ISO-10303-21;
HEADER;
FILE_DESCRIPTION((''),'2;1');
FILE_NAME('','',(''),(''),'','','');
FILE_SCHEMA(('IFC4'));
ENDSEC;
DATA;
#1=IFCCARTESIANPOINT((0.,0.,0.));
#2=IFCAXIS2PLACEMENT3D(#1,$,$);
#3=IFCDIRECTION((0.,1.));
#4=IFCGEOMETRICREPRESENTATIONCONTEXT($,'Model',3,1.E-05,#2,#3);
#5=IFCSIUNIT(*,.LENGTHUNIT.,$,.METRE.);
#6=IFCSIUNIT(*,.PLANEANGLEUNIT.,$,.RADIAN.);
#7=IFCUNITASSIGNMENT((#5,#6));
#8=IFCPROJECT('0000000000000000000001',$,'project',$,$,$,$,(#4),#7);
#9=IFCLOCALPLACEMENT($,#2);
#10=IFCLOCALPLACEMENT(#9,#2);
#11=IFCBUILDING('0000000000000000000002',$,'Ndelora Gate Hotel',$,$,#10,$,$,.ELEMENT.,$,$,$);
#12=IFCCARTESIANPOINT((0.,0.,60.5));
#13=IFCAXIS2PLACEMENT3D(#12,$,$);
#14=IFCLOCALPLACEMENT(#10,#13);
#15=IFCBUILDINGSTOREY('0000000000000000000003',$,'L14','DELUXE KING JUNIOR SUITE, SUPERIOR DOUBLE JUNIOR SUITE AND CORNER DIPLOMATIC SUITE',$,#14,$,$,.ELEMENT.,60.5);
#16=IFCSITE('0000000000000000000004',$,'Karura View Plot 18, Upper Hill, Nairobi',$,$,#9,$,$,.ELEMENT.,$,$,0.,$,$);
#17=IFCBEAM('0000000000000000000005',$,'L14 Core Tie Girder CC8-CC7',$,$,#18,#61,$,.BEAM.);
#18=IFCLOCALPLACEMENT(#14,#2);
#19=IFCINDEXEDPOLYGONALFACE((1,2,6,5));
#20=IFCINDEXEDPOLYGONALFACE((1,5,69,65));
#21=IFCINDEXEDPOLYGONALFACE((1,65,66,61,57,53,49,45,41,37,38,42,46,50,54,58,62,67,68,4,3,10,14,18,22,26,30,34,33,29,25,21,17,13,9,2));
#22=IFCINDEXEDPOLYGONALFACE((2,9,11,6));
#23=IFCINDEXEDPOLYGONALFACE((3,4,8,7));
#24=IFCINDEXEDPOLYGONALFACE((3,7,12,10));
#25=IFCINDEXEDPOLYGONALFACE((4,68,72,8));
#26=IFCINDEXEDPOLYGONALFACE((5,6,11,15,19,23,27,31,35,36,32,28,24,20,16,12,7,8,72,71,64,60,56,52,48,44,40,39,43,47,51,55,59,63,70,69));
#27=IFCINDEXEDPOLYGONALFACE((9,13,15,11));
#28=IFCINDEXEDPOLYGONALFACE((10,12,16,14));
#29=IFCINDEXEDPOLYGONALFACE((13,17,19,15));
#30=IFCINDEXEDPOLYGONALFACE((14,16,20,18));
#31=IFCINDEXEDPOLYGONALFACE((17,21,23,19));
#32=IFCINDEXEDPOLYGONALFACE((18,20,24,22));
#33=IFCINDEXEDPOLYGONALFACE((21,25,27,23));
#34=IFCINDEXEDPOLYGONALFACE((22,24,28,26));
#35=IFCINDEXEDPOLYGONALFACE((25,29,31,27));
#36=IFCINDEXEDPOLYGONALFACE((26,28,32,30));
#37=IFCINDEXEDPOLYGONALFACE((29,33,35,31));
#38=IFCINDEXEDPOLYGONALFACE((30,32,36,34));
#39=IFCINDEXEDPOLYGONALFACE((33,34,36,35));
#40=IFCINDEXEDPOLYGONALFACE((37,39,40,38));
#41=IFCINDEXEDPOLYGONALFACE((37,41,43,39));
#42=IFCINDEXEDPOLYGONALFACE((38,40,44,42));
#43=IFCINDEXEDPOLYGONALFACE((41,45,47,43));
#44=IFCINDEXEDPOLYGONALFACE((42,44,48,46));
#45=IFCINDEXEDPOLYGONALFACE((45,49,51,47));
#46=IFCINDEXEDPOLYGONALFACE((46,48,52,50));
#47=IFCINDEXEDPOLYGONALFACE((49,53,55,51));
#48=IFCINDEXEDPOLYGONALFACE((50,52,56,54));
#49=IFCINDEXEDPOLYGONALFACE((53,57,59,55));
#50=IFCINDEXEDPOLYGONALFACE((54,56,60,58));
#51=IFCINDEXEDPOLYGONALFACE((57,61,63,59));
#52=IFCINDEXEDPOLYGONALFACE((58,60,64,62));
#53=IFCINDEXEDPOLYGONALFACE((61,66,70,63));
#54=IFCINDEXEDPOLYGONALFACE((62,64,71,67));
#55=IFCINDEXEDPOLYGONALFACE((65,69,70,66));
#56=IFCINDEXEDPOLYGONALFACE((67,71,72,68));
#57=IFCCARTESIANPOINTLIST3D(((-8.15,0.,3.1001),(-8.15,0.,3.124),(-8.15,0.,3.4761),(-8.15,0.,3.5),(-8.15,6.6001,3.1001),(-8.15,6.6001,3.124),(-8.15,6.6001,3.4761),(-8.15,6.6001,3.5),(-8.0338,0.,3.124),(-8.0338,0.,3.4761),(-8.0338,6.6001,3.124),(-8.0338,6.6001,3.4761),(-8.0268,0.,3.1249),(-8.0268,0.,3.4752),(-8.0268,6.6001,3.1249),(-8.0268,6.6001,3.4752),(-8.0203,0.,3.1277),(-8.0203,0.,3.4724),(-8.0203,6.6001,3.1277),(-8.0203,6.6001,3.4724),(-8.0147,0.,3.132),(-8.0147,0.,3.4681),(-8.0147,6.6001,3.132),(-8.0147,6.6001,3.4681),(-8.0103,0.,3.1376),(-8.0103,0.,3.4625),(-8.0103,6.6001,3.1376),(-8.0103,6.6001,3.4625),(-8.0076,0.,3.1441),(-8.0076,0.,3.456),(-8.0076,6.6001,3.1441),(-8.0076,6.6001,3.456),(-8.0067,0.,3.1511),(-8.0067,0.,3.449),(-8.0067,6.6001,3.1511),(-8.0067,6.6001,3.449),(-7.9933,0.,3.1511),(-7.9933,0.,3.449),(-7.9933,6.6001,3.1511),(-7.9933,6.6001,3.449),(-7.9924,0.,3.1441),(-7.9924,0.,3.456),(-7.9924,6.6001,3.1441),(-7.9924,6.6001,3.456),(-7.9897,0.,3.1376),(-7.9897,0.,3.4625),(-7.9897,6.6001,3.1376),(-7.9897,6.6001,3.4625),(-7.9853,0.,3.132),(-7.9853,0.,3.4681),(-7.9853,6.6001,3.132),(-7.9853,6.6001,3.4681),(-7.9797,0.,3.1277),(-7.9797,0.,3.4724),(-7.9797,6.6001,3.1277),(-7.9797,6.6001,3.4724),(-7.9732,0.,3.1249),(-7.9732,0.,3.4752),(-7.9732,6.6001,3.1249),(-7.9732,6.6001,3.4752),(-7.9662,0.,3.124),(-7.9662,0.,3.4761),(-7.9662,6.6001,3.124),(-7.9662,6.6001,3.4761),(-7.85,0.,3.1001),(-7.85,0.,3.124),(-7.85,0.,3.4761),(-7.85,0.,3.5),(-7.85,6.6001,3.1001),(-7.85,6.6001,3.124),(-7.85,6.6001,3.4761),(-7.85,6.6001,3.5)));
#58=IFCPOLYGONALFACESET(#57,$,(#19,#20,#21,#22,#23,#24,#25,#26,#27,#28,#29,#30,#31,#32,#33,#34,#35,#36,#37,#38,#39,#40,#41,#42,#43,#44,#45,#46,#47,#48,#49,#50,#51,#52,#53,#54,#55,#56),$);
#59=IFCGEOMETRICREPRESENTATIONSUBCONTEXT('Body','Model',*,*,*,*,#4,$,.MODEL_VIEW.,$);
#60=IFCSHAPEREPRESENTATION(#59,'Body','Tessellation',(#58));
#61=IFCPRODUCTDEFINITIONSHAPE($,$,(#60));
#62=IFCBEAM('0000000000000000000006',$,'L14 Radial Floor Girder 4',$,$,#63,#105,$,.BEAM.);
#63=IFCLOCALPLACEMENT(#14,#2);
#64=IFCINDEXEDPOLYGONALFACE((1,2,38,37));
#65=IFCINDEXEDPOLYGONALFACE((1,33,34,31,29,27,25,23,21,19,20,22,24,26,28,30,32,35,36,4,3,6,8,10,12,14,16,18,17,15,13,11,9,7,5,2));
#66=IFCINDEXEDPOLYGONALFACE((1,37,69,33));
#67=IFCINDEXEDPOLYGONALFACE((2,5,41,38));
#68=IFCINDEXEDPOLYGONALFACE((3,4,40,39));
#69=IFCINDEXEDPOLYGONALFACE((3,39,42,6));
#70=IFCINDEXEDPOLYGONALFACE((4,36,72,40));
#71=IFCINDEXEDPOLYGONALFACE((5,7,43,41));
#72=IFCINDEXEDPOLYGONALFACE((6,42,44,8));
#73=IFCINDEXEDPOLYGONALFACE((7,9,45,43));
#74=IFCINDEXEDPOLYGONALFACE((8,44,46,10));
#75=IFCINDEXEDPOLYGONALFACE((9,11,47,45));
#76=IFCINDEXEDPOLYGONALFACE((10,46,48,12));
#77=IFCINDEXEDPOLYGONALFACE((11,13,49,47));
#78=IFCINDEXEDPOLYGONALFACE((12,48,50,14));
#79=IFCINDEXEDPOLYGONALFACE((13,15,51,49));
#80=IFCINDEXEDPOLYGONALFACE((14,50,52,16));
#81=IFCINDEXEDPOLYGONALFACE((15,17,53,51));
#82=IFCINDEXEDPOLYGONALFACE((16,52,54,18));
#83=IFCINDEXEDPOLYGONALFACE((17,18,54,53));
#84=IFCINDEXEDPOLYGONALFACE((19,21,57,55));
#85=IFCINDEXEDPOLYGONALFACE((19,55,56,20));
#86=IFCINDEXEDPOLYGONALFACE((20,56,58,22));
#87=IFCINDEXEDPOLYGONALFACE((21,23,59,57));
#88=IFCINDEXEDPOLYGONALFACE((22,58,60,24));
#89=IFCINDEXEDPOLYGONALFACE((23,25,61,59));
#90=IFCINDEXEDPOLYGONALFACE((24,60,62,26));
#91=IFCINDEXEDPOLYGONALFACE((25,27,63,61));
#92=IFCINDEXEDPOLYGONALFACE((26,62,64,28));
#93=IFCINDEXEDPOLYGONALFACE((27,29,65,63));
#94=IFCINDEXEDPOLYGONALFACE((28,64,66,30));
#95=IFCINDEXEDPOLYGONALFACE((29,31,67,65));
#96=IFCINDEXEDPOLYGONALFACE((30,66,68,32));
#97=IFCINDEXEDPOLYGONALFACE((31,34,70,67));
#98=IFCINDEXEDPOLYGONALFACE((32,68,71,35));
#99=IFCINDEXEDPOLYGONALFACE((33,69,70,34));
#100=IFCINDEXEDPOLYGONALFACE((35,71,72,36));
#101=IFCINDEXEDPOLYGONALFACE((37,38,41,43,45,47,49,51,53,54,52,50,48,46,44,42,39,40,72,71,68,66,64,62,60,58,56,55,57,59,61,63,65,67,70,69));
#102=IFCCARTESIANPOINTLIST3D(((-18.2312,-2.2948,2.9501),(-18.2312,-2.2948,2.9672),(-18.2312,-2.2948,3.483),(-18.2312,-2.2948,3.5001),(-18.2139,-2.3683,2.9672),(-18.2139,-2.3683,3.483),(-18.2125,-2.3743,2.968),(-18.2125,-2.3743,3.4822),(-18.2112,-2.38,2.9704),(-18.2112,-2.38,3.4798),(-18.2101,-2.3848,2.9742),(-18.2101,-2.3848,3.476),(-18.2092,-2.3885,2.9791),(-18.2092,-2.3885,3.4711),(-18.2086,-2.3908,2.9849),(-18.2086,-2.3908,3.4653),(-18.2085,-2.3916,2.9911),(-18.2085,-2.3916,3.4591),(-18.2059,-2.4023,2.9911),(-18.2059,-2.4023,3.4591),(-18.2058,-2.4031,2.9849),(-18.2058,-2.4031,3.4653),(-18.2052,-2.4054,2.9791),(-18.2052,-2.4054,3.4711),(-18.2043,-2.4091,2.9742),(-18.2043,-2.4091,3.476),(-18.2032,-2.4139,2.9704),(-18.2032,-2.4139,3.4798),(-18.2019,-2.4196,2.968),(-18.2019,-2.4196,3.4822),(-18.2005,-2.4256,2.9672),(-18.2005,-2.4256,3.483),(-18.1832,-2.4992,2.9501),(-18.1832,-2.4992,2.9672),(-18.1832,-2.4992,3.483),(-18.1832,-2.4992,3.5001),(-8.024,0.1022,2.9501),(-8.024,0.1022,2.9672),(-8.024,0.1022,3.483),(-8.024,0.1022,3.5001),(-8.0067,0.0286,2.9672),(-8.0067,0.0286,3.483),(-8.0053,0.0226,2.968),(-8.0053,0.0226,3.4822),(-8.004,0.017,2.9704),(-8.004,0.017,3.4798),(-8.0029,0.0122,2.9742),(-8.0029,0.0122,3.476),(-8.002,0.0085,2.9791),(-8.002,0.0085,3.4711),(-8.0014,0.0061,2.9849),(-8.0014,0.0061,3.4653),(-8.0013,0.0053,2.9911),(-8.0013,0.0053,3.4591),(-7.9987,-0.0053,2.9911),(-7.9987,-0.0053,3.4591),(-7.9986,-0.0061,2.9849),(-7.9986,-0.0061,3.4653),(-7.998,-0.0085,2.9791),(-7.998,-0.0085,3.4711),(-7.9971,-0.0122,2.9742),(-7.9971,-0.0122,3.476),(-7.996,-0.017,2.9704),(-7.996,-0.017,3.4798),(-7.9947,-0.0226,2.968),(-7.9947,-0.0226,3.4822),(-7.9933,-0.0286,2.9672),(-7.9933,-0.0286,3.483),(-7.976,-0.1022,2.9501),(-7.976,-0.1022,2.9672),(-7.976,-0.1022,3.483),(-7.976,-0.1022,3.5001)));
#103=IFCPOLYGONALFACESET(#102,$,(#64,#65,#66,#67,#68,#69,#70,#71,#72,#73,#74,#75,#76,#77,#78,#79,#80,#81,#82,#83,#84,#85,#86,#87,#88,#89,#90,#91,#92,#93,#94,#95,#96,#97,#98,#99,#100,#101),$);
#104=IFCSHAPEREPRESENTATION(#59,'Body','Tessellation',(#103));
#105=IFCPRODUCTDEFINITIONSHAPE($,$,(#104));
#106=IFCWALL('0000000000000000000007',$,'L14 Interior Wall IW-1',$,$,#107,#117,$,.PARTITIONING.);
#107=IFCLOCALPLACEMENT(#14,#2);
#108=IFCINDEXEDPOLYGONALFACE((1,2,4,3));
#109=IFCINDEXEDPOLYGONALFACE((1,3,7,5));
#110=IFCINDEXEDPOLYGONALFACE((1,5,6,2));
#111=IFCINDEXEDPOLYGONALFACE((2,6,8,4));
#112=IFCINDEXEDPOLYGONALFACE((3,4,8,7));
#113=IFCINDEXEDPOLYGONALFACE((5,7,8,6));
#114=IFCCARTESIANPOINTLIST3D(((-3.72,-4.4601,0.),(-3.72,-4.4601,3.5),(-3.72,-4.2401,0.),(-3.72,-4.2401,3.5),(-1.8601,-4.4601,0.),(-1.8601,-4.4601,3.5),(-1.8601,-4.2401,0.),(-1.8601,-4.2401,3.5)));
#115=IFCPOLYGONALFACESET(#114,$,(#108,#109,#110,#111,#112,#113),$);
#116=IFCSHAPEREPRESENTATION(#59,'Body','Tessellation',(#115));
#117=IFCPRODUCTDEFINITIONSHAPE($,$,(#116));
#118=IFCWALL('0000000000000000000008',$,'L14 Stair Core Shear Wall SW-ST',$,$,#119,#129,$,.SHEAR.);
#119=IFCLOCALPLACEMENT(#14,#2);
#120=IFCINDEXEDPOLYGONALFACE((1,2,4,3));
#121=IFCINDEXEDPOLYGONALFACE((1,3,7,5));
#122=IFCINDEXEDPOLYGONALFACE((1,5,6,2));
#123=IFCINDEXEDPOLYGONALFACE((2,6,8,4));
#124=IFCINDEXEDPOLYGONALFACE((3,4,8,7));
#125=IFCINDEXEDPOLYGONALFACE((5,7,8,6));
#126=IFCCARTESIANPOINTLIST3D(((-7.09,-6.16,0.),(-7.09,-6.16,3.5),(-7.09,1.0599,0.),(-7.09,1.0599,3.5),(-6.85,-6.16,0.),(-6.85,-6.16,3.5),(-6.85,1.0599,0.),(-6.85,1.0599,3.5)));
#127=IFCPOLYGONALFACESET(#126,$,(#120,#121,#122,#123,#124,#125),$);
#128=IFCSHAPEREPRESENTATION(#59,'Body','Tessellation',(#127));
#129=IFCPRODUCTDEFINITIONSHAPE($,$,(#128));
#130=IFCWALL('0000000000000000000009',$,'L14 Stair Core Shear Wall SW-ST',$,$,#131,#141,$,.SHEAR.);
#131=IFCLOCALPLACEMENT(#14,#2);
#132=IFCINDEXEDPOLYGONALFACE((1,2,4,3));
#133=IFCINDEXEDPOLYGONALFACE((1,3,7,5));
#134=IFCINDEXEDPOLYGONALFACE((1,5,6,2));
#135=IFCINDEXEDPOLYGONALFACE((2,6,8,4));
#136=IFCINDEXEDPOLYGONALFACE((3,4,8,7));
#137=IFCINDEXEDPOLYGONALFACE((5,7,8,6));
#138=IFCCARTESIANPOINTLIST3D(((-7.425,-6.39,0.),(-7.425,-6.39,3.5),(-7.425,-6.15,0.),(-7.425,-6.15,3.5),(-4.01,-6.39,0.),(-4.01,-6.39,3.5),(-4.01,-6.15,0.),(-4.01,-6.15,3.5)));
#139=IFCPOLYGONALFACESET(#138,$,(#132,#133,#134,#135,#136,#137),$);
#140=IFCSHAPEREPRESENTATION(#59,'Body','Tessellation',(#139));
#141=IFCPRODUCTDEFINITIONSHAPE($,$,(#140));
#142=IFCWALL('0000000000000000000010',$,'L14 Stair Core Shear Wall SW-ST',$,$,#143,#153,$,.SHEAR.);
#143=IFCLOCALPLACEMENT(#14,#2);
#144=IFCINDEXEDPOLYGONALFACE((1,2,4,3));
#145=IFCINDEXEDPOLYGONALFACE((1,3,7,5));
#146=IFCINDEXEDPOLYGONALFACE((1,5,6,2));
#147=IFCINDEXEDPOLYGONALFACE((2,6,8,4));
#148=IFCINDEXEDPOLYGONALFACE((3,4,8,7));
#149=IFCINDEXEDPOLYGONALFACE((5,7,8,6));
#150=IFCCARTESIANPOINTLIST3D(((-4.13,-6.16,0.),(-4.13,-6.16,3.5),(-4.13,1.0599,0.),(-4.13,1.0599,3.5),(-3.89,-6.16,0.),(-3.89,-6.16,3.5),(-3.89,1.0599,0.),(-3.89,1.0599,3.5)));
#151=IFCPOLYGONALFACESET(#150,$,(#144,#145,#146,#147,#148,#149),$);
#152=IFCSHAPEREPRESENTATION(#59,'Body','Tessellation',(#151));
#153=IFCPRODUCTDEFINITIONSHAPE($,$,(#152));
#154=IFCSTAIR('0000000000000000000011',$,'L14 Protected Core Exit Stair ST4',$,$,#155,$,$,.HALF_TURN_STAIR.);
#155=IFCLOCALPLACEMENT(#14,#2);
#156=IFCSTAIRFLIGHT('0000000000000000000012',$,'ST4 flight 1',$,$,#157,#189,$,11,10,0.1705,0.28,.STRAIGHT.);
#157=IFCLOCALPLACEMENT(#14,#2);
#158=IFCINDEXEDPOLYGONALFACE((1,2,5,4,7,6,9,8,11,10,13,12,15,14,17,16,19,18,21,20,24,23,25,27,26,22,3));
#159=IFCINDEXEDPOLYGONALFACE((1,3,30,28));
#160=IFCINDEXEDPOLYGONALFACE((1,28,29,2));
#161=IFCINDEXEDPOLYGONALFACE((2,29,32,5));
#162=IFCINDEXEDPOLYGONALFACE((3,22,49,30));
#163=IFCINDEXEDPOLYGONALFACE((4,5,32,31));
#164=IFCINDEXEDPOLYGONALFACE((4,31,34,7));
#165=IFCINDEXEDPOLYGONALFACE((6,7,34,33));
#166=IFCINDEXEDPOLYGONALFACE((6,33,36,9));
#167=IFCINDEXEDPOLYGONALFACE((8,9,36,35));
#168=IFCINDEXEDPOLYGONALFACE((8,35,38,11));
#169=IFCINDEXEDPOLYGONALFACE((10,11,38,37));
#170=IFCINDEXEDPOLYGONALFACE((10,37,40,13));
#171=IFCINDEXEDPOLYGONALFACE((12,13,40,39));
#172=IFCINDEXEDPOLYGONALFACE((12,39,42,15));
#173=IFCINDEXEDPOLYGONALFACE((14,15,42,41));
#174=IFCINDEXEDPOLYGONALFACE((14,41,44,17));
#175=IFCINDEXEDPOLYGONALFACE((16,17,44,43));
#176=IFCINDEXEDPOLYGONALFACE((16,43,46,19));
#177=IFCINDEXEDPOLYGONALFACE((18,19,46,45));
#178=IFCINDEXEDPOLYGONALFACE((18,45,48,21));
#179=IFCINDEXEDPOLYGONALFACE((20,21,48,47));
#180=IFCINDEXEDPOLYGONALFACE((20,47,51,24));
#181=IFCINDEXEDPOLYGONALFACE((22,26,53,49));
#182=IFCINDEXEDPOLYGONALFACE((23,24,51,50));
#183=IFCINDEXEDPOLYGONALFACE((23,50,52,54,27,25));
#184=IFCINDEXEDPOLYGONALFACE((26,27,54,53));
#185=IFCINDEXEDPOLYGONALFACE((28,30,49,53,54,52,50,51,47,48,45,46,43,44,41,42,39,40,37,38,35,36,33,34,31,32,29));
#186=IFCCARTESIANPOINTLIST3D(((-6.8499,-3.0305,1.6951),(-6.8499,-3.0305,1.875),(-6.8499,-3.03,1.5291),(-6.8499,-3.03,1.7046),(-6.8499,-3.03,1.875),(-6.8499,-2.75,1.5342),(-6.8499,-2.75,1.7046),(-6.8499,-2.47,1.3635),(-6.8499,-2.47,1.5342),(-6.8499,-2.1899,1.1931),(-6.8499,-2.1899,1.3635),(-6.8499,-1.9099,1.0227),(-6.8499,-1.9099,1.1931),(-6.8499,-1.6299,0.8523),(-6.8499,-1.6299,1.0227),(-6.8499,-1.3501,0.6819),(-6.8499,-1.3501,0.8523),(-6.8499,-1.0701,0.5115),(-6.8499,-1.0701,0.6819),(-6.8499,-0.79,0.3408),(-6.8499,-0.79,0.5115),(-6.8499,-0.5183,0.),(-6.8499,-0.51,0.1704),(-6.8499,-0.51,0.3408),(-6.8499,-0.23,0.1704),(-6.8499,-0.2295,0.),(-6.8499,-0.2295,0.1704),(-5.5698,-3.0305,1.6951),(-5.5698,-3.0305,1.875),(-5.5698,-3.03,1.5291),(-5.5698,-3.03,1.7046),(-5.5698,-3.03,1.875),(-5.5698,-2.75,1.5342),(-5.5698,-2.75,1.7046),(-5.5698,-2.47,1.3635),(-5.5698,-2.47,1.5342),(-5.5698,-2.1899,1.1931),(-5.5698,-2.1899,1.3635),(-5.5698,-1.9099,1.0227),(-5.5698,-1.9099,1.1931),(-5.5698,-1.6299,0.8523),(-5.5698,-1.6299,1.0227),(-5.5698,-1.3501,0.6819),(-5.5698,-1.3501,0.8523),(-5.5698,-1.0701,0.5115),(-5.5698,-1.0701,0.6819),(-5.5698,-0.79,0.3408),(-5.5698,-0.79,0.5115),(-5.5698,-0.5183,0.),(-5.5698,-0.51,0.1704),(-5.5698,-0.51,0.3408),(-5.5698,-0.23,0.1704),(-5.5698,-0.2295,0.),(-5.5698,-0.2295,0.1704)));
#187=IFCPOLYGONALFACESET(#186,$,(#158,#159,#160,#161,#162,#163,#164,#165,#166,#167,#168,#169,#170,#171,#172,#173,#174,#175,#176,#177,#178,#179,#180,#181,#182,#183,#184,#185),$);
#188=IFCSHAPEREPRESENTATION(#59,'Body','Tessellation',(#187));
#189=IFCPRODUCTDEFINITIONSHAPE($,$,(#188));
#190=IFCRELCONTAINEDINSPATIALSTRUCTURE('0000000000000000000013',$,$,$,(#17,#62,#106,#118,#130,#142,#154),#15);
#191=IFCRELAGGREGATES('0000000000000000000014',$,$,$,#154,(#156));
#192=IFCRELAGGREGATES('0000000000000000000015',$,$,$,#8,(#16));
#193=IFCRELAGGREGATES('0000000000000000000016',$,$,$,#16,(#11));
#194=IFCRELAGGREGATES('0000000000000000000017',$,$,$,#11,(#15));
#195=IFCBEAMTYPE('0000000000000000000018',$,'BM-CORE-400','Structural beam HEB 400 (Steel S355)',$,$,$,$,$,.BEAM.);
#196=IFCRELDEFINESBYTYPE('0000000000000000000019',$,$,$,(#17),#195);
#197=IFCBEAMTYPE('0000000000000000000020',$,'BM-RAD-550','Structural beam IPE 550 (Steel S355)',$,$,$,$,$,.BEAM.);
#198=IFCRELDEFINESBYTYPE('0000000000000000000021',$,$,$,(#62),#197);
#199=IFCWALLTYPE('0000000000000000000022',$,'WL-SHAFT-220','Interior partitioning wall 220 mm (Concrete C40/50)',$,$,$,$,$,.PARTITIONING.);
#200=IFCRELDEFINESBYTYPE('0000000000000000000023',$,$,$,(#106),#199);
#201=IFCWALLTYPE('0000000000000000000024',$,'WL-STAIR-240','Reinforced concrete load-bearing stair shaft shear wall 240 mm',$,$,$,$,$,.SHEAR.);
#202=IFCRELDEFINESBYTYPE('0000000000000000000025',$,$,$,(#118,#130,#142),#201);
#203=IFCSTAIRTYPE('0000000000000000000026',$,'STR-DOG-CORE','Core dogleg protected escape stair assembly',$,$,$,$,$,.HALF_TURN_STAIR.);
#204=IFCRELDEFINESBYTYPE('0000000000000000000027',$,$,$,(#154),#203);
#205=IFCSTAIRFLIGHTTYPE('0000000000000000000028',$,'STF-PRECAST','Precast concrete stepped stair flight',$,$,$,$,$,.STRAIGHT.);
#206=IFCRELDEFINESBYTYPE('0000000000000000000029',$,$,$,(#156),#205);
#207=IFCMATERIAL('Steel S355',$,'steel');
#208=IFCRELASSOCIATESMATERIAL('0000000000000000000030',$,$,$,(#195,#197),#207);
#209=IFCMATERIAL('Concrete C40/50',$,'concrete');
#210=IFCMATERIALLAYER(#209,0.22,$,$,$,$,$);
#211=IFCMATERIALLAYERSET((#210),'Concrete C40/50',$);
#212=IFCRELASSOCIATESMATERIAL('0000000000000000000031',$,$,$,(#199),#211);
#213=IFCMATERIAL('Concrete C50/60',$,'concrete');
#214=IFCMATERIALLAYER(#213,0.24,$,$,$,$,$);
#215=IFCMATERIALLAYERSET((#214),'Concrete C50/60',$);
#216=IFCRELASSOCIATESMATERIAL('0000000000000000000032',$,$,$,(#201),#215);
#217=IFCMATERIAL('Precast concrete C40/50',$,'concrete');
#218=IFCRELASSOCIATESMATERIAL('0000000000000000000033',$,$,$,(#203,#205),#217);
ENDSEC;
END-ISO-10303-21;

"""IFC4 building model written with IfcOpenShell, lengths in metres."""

from ifc_helpers import new_model, si_unit, direction, frame, frame_2d, origin, origin_2d, place, context, subcontext, project, spatial, polyline, rectangle, i_section, outline, extrude, material, layer, layer_set, material_profile, profile_set, type_object, element, aggregate, save


model = new_model("IFC4")

# Units and contexts
model_context = context("Model", 3, precision=1e-05, world=origin(), true_north=direction((0.0, 1.0)))
body_context = subcontext(model_context, "Body", "Model", "MODEL_VIEW")
ifc_project = project(units=[si_unit("LENGTHUNIT", "METRE"), si_unit("PLANEANGLEUNIT", "RADIAN")], contexts=[model_context])

# Site, building, storey
site_placement = place(None, origin())
site = spatial("IfcSite", under=ifc_project, at=site_placement, Name="Karura View Plot 18, Upper Hill, Nairobi", CompositionType="ELEMENT", RefElevation=0.0)
building_placement = place(site_placement, origin())
building = spatial("IfcBuilding", under=site, at=building_placement, Name="Ndelora Gate Hotel", CompositionType="ELEMENT")
storey_placement = place(building_placement, frame((0.0, 0.0, 60.5)))
storey = spatial("IfcBuildingStorey", under=building, at=storey_placement, Name="L14", Description="DELUXE KING JUNIOR SUITE, SUPERIOR DOUBLE JUNIOR SUITE AND CORNER DIPLOMATIC SUITE", CompositionType="ELEMENT", Elevation=60.5)

# Beams
ifc_material_1 = material(Name="Steel S355", Category="steel")
ifc_material_profile_1 = material_profile(ifc_material_1, i_section(OverallWidth=0.3, OverallDepth=0.3999, WebThickness=0.0134, FlangeThickness=0.0239, FilletRadius=0.0271, at=origin_2d()), Name="HEB 400")
ifc_profile_set_1 = profile_set([ifc_material_profile_1], Name="Steel S355")
beam_type_1 = type_object("IfcBeamType", Name="BM-CORE-400", Description="Structural beam HEB 400 (Steel S355)", PredefinedType="BEAM", material=ifc_profile_set_1)
beam_1_placement = place(storey_placement, frame((-8.0, 0.0, 3.3), z_axis=(0.0, 1.0, 0.0), x_axis=(-1.0, 0.0, 0.0)))
element("IfcBeam", 1, at=beam_1_placement, inside=storey, type_object=beam_type_1, Name="L14 Core Tie Girder CC8-CC7", PredefinedType="BEAM", context=body_context, shape_type="SweptSolid", body=[
    extrude(i_section(OverallWidth=0.3, OverallDepth=0.3999, WebThickness=0.0134, FlangeThickness=0.0239, FilletRadius=0.0271, at=origin_2d()), origin(), (0.0, 0.0, 1.0), 6.6001),
])
ifc_material_profile_2 = material_profile(ifc_material_1, i_section(OverallWidth=0.21, OverallDepth=0.55, WebThickness=0.011, FlangeThickness=0.0171, FilletRadius=0.0239, at=origin_2d()), Name="IPE 550")
ifc_profile_set_2 = profile_set([ifc_material_profile_2], Name="Steel S355")
beam_type_2 = type_object("IfcBeamType", Name="BM-RAD-550", Description="Structural beam IPE 550 (Steel S355)", PredefinedType="BEAM", material=ifc_profile_set_2)
beam_2_placement = place(storey_placement, frame((-8.0, 0.0, 3.2251), z_axis=(-0.973518, -0.228611, 0.0), x_axis=(0.228611, -0.973518, 0.0)))
element("IfcBeam", 2, at=beam_2_placement, inside=storey, type_object=beam_type_2, Name="L14 Radial Floor Girder 4", PredefinedType="BEAM", context=body_context, shape_type="SweptSolid", body=[
    extrude(i_section(OverallWidth=0.21, OverallDepth=0.55, WebThickness=0.011, FlangeThickness=0.0171, FilletRadius=0.0239, at=origin_2d()), origin(), (0.0, 0.0, 1.0), 10.4849),
])

# Shared definitions
ifc_material_2 = material(Name="Concrete C40/50", Category="concrete")
ifc_layer_1 = layer(ifc_material_2, 0.22)
ifc_layer_set_1 = layer_set([ifc_layer_1], Name="Concrete C40/50")
wall_type_1 = type_object("IfcWallType", Name="WL-SHAFT-220", Description="Interior partitioning wall 220 mm (Concrete C40/50)", PredefinedType="PARTITIONING", material=ifc_layer_set_1)

# Walls
wall_1_placement = place(storey_placement, frame((-3.72, -4.3501, 0.0), z_axis=(0.0, 0.0, 1.0), x_axis=(1.0, 0.0, 0.0)))
element("IfcWall", 3, at=wall_1_placement, inside=storey, type_object=wall_type_1, Name="L14 Interior Wall IW-1", PredefinedType="PARTITIONING", context=body_context, shape_type="SweptSolid", body=[
    extrude(rectangle(XDim=1.8599, YDim=0.22, at=frame_2d((0.9299, 0.0))), origin(), (0.0, 0.0, 1.0), 3.5),
])
ifc_material_3 = material(Name="Concrete C50/60", Category="concrete")
ifc_layer_2 = layer(ifc_material_3, 0.24)
ifc_layer_set_2 = layer_set([ifc_layer_2], Name="Concrete C50/60")
wall_type_2 = type_object("IfcWallType", Name="WL-STAIR-240", Description="Reinforced concrete load-bearing stair shaft shear wall 240 mm", PredefinedType="SHEAR", material=ifc_layer_set_2)
wall_2_placement = place(storey_placement, frame((-6.97, -6.1599, 0.0), z_axis=(0.0, 0.0, 1.0), x_axis=(0.0, 1.0, 0.0)))
element("IfcWall", 4, at=wall_2_placement, inside=storey, type_object=wall_type_2, Name="L14 Stair Core Shear Wall SW-ST", PredefinedType="SHEAR", context=body_context, shape_type="SweptSolid", body=[
    extrude(rectangle(XDim=7.22, YDim=0.24, at=frame_2d((3.6099, 0.0))), origin(), (0.0, 0.0, 1.0), 3.5),
])
wall_3_placement = place(storey_placement, frame((-7.425, -6.27, 0.0), z_axis=(0.0, 0.0, 1.0), x_axis=(1.0, 0.0, 0.0)))
element("IfcWall", 5, at=wall_3_placement, inside=storey, type_object=wall_type_2, Name="L14 Stair Core Shear Wall SW-ST", PredefinedType="SHEAR", context=body_context, shape_type="SweptSolid", body=[
    extrude(rectangle(XDim=3.415, YDim=0.24, at=frame_2d((1.7075, 0.0))), origin(), (0.0, 0.0, 1.0), 3.5),
])
wall_4_placement = place(storey_placement, frame((-4.01, -6.1599, 0.0), z_axis=(0.0, 0.0, 1.0), x_axis=(0.0, 1.0, 0.0)))
element("IfcWall", 6, at=wall_4_placement, inside=storey, type_object=wall_type_2, Name="L14 Stair Core Shear Wall SW-ST", PredefinedType="SHEAR", context=body_context, shape_type="SweptSolid", body=[
    extrude(rectangle(XDim=7.22, YDim=0.24, at=frame_2d((3.6099, 0.0))), origin(), (0.0, 0.0, 1.0), 3.5),
])

# Stair, stair flight
ifc_material_4 = material(Name="Precast concrete C40/50", Category="concrete")
stair_type = type_object("IfcStairType", Name="STR-DOG-CORE", Description="Core dogleg protected escape stair assembly", PredefinedType="HALF_TURN_STAIR", material=ifc_material_4)
stair_placement = place(storey_placement, origin())
stair = element("IfcStair", 7, at=stair_placement, inside=storey, type_object=stair_type, Name="L14 Protected Core Exit Stair ST4", PredefinedType="HALF_TURN_STAIR")
stair_flight_type = type_object("IfcStairFlightType", Name="STF-PRECAST", Description="Precast concrete stepped stair flight", PredefinedType="STRAIGHT", material=ifc_material_4)
stair_flight_1_placement = place(storey_placement, frame((-6.21, -0.23, 0.0), z_axis=(0.0, 0.0, 1.0), x_axis=(0.0, -1.0, 0.0)))
stair_flight_1 = element("IfcStairFlight", 8, at=stair_flight_1_placement, type_object=stair_flight_type, Name="ST4 flight 1", NumberOfRisers=11, NumberOfTreads=10, PredefinedType="STRAIGHT", RiserHeight=0.1705, TreadLength=0.28, context=body_context, shape_type="SweptSolid", body=[
    extrude(outline(polyline([(-0.0005, 0.0), (-0.0005, 0.1704), (0.0, 0.1704), (0.28, 0.1704), (0.28, 0.3408), (0.5601, 0.3408), (0.5601, 0.5115), (0.8401, 0.5115), (0.8401, 0.6819), (1.1201, 0.6819), (1.1201, 0.8523), (1.3999, 0.8523), (1.3999, 1.0227), (1.6799, 1.0227), (1.6799, 1.1931), (1.96, 1.1931), (1.96, 1.3635), (2.24, 1.3635), (2.24, 1.5342), (2.52, 1.5342), (2.52, 1.7046), (2.8, 1.7046), (2.8, 1.875), (2.8005, 1.875), (2.8005, 1.6951), (2.8, 1.5291), (0.2883, 0.0), (-0.0005, 0.0)])), frame((0.0, 0.6401, 0.0), z_axis=(0.0, -1.0, 0.0), x_axis=(1.0, 0.0, 0.0)), (0.0, 0.0, 1.0), 1.28),
])
aggregate(stair, [stair_flight_1])

save(model, "model.ifc")
